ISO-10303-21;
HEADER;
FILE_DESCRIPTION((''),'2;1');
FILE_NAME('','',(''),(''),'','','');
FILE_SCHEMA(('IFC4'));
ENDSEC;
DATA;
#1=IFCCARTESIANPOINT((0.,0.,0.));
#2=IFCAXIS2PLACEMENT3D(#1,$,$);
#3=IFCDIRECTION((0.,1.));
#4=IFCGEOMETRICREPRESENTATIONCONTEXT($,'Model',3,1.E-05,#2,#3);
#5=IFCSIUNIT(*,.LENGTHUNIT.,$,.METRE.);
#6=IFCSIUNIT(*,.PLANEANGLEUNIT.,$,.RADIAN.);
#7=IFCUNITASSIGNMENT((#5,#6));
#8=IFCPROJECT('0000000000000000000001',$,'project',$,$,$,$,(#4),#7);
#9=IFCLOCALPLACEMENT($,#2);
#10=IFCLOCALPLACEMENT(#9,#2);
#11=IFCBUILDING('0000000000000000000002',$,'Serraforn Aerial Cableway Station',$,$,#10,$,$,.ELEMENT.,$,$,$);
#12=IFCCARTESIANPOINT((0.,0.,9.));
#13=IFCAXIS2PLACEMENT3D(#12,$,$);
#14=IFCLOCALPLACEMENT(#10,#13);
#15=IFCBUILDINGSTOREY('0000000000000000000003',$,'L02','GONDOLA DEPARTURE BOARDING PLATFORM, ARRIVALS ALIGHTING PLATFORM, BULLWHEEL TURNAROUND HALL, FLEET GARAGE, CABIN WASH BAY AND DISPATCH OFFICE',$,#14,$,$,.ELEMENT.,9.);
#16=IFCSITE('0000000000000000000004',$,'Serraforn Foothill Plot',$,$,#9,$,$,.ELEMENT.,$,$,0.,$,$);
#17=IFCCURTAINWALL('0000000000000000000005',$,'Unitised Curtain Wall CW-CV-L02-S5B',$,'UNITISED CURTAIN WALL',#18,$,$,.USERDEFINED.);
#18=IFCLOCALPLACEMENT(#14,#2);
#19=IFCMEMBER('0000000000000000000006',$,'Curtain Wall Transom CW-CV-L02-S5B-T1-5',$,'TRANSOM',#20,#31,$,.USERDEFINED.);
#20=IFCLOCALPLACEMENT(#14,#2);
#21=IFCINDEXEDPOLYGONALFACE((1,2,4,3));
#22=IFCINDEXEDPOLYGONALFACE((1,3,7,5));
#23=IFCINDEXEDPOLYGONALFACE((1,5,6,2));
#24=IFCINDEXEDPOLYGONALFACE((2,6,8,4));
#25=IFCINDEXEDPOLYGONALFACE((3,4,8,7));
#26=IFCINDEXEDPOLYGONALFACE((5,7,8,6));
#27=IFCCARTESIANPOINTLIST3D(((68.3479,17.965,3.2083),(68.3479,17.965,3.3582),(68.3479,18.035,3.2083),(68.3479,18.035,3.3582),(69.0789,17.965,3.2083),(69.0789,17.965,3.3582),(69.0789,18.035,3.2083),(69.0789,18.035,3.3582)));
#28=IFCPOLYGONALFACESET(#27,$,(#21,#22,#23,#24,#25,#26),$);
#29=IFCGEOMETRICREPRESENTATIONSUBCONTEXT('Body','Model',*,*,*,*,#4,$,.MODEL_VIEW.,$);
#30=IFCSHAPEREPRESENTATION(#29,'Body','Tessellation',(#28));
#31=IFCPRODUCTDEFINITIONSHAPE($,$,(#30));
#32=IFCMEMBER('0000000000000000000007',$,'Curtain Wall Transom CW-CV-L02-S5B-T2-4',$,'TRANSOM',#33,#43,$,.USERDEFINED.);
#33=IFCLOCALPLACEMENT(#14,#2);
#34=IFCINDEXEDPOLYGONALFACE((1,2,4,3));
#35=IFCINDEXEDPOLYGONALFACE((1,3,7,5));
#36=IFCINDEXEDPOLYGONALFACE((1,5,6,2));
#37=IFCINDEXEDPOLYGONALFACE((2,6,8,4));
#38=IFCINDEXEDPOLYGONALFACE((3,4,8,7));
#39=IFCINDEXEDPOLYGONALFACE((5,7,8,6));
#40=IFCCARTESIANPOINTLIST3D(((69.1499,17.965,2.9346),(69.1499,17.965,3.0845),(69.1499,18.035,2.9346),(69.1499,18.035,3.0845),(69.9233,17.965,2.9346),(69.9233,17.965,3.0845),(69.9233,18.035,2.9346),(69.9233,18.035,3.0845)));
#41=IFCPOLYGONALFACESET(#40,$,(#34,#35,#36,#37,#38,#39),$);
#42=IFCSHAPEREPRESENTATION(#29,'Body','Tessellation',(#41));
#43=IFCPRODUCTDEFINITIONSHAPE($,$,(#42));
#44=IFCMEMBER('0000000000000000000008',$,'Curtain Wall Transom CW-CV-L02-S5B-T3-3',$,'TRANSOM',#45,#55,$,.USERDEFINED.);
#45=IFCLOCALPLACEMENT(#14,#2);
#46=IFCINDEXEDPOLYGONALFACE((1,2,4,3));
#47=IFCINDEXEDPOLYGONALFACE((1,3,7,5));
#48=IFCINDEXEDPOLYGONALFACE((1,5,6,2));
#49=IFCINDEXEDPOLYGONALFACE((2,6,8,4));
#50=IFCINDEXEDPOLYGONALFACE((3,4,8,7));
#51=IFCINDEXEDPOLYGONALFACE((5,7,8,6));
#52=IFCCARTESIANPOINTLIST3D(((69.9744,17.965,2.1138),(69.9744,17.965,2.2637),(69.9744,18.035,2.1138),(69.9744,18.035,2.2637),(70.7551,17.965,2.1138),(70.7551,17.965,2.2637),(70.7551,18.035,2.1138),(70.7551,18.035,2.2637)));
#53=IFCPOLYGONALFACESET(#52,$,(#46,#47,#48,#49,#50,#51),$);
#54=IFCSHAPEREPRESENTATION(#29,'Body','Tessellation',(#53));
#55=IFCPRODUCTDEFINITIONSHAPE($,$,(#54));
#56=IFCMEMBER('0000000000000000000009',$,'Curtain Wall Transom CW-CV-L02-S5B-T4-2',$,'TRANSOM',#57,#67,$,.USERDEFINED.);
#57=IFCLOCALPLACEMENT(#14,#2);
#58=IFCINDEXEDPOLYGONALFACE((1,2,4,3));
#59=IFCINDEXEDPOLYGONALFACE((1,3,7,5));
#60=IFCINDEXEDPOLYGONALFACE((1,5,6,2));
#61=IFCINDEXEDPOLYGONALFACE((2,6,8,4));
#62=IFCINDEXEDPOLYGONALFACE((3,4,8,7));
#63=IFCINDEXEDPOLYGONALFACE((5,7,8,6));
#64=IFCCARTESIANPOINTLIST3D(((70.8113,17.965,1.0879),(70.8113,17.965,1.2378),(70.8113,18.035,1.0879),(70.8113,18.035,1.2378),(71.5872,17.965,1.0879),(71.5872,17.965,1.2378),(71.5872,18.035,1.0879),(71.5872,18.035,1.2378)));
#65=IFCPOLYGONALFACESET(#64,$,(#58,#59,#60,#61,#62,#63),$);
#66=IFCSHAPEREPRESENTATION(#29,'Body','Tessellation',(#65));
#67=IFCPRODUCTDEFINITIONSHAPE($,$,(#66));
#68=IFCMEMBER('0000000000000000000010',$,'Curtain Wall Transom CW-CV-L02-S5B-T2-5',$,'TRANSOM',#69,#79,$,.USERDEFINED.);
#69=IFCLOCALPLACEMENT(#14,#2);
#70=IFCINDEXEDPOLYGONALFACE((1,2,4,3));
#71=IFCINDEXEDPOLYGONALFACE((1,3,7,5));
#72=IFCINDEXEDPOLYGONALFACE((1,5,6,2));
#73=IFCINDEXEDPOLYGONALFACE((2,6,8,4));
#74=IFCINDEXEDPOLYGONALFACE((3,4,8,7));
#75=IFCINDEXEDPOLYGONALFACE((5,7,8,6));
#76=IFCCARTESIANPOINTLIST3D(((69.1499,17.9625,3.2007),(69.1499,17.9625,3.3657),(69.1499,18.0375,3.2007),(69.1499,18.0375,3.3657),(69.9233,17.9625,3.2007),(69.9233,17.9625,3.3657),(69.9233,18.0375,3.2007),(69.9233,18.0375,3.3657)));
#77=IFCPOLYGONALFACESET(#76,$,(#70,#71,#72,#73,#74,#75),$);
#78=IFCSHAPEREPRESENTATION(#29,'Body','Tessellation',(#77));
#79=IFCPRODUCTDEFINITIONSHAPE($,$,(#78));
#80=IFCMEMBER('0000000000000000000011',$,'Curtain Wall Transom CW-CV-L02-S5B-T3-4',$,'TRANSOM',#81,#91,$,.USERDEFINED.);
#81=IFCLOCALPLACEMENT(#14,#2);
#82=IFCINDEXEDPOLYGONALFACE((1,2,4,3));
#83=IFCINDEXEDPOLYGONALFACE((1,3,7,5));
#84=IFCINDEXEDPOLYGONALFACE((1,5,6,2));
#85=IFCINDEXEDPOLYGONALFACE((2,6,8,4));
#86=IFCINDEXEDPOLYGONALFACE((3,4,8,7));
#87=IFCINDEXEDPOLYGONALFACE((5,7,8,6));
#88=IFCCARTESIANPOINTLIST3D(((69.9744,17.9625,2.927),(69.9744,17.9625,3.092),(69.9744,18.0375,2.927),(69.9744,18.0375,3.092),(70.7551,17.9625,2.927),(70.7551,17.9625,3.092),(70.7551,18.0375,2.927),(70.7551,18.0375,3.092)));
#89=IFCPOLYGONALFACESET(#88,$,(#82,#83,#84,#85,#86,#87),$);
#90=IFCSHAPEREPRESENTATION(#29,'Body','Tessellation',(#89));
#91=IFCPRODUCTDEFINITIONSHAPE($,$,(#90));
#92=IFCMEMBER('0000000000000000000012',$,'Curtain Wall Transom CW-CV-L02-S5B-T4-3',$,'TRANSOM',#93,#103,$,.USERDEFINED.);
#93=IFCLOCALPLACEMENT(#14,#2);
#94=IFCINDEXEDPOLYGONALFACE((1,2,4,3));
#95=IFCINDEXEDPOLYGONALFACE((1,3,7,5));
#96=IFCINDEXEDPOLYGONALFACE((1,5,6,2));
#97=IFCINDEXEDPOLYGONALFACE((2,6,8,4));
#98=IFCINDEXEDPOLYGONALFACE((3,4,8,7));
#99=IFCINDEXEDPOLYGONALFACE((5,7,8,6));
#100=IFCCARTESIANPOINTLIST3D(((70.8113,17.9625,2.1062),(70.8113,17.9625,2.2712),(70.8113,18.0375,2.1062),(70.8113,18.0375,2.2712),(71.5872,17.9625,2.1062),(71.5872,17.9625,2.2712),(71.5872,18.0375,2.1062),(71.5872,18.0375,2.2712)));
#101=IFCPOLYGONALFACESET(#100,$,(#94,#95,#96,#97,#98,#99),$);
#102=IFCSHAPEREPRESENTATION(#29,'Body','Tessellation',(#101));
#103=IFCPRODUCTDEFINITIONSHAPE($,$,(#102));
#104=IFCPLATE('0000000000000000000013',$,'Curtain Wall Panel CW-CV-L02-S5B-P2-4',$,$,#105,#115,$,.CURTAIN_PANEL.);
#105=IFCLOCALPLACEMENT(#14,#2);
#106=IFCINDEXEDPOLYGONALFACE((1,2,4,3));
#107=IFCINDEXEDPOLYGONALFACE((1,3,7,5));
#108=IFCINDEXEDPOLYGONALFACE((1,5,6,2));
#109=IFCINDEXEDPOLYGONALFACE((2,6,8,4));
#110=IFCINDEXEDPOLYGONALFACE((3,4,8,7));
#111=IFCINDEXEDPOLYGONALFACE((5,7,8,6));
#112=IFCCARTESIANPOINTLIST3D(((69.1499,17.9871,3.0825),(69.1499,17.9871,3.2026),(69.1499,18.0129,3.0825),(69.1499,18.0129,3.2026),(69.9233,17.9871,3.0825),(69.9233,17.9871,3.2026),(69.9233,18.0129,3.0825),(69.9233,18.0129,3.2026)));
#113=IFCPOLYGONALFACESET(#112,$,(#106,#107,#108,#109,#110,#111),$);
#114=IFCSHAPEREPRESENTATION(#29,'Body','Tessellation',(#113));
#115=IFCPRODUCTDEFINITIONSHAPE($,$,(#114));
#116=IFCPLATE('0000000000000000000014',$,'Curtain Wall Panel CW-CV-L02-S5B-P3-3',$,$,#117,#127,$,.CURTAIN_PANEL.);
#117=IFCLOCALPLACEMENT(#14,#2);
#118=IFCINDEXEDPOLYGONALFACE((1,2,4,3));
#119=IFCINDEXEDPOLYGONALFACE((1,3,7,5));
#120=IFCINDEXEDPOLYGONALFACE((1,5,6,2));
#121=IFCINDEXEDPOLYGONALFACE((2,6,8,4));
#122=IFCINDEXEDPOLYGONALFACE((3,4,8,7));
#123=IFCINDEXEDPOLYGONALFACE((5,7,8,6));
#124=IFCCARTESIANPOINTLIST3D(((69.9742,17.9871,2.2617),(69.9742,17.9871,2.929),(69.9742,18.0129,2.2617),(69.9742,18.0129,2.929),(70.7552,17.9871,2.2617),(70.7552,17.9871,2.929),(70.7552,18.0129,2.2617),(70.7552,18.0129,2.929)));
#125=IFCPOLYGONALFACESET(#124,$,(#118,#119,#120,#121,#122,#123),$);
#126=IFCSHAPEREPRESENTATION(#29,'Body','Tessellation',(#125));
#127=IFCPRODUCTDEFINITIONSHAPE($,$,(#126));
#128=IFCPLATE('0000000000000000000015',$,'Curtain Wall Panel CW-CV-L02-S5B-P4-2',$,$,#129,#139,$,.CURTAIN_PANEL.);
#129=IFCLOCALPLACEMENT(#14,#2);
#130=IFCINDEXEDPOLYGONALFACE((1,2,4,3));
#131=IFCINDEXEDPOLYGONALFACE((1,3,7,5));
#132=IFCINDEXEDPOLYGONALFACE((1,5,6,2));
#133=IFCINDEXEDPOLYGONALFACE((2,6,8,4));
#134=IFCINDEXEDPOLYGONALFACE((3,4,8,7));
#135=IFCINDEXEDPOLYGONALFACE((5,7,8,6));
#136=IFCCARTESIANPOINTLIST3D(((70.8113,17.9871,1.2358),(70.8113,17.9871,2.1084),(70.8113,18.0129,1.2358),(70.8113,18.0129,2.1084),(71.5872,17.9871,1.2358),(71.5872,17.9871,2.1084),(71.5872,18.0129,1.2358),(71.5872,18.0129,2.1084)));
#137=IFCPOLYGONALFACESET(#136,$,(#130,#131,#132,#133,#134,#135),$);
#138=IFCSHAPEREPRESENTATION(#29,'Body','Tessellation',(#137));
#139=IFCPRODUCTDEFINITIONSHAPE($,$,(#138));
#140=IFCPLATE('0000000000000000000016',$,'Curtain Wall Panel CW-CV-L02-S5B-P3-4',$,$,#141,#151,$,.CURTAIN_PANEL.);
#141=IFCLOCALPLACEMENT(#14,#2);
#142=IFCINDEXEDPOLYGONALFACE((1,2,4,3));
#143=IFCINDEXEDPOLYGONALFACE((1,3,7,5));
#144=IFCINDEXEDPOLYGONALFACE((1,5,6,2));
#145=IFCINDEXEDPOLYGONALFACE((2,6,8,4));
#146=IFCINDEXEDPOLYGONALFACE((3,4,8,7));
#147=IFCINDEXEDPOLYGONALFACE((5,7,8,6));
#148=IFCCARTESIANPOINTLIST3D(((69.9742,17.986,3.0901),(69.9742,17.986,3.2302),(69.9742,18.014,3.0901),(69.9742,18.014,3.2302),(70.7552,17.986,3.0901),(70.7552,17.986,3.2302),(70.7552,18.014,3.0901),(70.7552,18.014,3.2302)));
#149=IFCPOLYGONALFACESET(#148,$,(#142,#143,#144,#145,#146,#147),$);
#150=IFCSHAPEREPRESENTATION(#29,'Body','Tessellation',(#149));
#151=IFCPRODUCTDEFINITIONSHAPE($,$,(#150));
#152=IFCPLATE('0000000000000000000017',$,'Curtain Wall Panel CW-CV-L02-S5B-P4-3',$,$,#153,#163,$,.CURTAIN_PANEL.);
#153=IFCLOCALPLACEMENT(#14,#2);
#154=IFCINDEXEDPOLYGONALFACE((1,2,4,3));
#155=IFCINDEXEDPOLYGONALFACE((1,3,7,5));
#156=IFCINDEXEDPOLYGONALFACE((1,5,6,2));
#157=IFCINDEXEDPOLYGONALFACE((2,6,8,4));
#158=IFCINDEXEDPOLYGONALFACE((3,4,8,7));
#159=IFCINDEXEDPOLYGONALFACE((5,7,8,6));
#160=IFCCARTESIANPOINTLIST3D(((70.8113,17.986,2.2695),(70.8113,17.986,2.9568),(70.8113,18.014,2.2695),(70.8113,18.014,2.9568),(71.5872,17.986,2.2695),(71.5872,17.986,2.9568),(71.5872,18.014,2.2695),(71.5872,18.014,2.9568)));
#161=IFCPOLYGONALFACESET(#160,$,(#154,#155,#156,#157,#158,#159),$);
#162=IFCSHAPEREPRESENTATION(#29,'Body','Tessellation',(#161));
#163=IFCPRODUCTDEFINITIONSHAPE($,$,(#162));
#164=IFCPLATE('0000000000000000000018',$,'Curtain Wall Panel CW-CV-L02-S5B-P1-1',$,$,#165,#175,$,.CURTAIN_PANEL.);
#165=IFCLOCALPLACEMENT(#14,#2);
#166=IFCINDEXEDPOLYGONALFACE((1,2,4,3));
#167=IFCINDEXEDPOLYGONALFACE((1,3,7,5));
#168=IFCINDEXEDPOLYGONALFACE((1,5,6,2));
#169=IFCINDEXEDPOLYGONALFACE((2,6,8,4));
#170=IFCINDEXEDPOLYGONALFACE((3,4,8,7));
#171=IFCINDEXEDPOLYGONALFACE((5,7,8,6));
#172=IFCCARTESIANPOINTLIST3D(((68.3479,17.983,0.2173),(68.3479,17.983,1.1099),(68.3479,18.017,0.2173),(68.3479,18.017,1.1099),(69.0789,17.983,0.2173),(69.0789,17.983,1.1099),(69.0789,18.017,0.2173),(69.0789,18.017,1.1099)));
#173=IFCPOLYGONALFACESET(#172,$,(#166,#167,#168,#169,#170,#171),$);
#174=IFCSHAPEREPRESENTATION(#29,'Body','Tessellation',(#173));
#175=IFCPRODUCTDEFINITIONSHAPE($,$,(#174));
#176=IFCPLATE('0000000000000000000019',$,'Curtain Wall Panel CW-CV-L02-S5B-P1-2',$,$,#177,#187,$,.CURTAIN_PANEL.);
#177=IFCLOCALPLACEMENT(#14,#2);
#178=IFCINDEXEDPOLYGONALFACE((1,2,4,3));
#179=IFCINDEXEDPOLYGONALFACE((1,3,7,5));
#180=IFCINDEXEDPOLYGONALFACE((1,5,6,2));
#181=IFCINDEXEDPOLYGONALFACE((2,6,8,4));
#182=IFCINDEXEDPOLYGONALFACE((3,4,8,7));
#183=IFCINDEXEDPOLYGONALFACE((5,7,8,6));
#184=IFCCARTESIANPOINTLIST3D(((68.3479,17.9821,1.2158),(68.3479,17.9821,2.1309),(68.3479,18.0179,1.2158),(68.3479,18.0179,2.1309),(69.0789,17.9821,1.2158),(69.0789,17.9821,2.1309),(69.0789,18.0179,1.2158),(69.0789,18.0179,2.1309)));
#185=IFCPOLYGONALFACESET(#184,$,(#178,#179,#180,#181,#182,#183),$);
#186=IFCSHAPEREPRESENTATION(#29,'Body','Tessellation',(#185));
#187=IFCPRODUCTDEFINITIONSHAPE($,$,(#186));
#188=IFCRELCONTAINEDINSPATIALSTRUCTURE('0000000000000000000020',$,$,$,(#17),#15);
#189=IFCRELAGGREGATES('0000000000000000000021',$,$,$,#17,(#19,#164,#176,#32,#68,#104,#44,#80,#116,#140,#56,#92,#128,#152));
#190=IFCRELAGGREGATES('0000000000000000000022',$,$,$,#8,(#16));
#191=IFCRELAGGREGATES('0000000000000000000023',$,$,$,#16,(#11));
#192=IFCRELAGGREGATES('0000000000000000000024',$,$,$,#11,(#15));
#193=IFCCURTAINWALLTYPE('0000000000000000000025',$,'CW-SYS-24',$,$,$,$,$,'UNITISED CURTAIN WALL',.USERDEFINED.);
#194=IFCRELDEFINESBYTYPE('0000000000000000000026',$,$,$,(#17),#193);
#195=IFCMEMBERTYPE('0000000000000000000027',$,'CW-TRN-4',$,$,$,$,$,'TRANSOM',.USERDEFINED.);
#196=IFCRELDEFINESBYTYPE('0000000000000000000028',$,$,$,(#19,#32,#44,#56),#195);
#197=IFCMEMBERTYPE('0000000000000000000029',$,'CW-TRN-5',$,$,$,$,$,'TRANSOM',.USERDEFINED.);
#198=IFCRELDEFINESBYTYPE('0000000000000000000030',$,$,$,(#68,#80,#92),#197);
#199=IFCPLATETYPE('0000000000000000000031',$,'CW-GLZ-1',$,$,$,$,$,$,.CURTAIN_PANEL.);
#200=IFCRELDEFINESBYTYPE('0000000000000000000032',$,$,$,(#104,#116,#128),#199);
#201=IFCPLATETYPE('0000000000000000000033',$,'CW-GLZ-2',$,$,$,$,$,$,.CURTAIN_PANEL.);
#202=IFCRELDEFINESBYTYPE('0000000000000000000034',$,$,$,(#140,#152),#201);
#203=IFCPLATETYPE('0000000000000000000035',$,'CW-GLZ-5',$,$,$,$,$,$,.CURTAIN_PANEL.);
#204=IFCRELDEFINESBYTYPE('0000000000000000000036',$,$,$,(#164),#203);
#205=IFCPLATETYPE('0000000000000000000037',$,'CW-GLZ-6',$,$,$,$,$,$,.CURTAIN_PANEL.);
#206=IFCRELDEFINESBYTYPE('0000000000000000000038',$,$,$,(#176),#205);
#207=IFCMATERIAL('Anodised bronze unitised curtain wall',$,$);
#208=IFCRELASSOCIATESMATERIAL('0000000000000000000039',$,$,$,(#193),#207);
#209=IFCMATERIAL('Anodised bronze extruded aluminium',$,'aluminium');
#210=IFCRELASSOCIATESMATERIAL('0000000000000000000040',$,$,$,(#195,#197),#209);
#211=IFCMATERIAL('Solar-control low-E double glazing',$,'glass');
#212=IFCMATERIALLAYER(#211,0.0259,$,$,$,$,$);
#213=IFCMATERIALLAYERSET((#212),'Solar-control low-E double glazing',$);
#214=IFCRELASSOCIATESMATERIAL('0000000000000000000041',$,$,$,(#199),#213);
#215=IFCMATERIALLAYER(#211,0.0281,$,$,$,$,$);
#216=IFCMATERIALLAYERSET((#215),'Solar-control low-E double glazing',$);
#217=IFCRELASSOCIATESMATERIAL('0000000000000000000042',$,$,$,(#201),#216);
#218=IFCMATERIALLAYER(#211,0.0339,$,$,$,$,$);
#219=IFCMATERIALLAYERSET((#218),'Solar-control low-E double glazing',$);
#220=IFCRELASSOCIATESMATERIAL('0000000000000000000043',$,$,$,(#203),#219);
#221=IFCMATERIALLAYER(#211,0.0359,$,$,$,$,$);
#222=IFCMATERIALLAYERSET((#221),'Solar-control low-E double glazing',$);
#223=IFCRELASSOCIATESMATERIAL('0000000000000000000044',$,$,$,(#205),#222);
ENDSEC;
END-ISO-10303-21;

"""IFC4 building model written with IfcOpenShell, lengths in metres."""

from ifc_helpers import new_model, si_unit, direction, frame, origin, origin_2d, place, context, subcontext, project, spatial, rectangle, extrude, material, layer, layer_set, material_profile, profile_set, type_object, element, aggregate, save


model = new_model("IFC4")

# Units and contexts
model_context = context("Model", 3, precision=1e-05, world=origin(), true_north=direction((0.0, 1.0)))
body_context = subcontext(model_context, "Body", "Model", "MODEL_VIEW")
ifc_project = project(units=[si_unit("LENGTHUNIT", "METRE"), si_unit("PLANEANGLEUNIT", "RADIAN")], contexts=[model_context])

# Site, building, storey
site_placement = place(None, origin())
site = spatial("IfcSite", under=ifc_project, at=site_placement, Name="Serraforn Foothill Plot", CompositionType="ELEMENT", RefElevation=0.0)
building_placement = place(site_placement, origin())
building = spatial("IfcBuilding", under=site, at=building_placement, Name="Serraforn Aerial Cableway Station", CompositionType="ELEMENT")
storey_placement = place(building_placement, frame((0.0, 0.0, 9.0)))
storey = spatial("IfcBuildingStorey", under=building, at=storey_placement, Name="L02", Description="GONDOLA DEPARTURE BOARDING PLATFORM, ARRIVALS ALIGHTING PLATFORM, BULLWHEEL TURNAROUND HALL, FLEET GARAGE, CABIN WASH BAY AND DISPATCH OFFICE", CompositionType="ELEMENT", Elevation=9.0)

# Curtain wall, members, plates
ifc_material_1 = material(Name="Anodised bronze unitised curtain wall")
curtain_wall_type = type_object("IfcCurtainWallType", Name="CW-SYS-24", ElementType="UNITISED CURTAIN WALL", PredefinedType="USERDEFINED", material=ifc_material_1)
curtain_wall_placement = place(storey_placement, origin())
curtain_wall = element("IfcCurtainWall", 1, at=curtain_wall_placement, inside=storey, type_object=curtain_wall_type, Name="Unitised Curtain Wall CW-CV-L02-S5B", ObjectType="UNITISED CURTAIN WALL", PredefinedType="USERDEFINED")
ifc_material_2 = material(Name="Anodised bronze extruded aluminium", Category="aluminium")
ifc_material_profile_1 = material_profile(ifc_material_2, rectangle(XDim=0.0701, YDim=0.1499, at=origin_2d()), Name="CW TRANSOM 70x150")
ifc_profile_set_1 = profile_set([ifc_material_profile_1], Name="Anodised bronze extruded aluminium")
member_type_1 = type_object("IfcMemberType", Name="CW-TRN-4", ElementType="TRANSOM", PredefinedType="USERDEFINED", material=ifc_profile_set_1)
member_1_placement = place(storey_placement, frame((68.3479, 18.0, 3.2832), z_axis=(1.0, 0.0, 0.0), x_axis=(0.0, 1.0, 0.0)))
member_1 = element("IfcMember", 2, at=member_1_placement, type_object=member_type_1, Name="Curtain Wall Transom CW-CV-L02-S5B-T1-5", ObjectType="TRANSOM", PredefinedType="USERDEFINED", context=body_context, shape_type="SweptSolid", body=[
    extrude(rectangle(XDim=0.0701, YDim=0.1499, at=origin_2d()), origin(), (0.0, 0.0, 1.0), 0.731),
])
member_2_placement = place(storey_placement, frame((69.1499, 18.0, 3.0095), z_axis=(1.0, 0.0, 0.0), x_axis=(0.0, 1.0, 0.0)))
member_2 = element("IfcMember", 3, at=member_2_placement, type_object=member_type_1, Name="Curtain Wall Transom CW-CV-L02-S5B-T2-4", ObjectType="TRANSOM", PredefinedType="USERDEFINED", context=body_context, shape_type="SweptSolid", body=[
    extrude(rectangle(XDim=0.0701, YDim=0.1499, at=origin_2d()), origin(), (0.0, 0.0, 1.0), 0.7734),
])
member_3_placement = place(storey_placement, frame((69.9744, 18.0, 2.1887), z_axis=(1.0, 0.0, 0.0), x_axis=(0.0, 1.0, 0.0)))
member_3 = element("IfcMember", 4, at=member_3_placement, type_object=member_type_1, Name="Curtain Wall Transom CW-CV-L02-S5B-T3-3", ObjectType="TRANSOM", PredefinedType="USERDEFINED", context=body_context, shape_type="SweptSolid", body=[
    extrude(rectangle(XDim=0.0701, YDim=0.1499, at=origin_2d()), origin(), (0.0, 0.0, 1.0), 0.7808),
])
member_4_placement = place(storey_placement, frame((70.8113, 18.0, 1.1628), z_axis=(1.0, 0.0, 0.0), x_axis=(0.0, 1.0, 0.0)))
member_4 = element("IfcMember", 5, at=member_4_placement, type_object=member_type_1, Name="Curtain Wall Transom CW-CV-L02-S5B-T4-2", ObjectType="TRANSOM", PredefinedType="USERDEFINED", context=body_context, shape_type="SweptSolid", body=[
    extrude(rectangle(XDim=0.0701, YDim=0.1499, at=origin_2d()), origin(), (0.0, 0.0, 1.0), 0.7759),
])
ifc_material_profile_2 = material_profile(ifc_material_2, rectangle(XDim=0.075, YDim=0.165, at=origin_2d()), Name="CW TRANSOM 75x165")
ifc_profile_set_2 = profile_set([ifc_material_profile_2], Name="Anodised bronze extruded aluminium")
member_type_2 = type_object("IfcMemberType", Name="CW-TRN-5", ElementType="TRANSOM", PredefinedType="USERDEFINED", material=ifc_profile_set_2)
member_5_placement = place(storey_placement, frame((69.1499, 18.0, 3.2832), z_axis=(1.0, 0.0, 0.0), x_axis=(0.0, 1.0, 0.0)))
member_5 = element("IfcMember", 6, at=member_5_placement, type_object=member_type_2, Name="Curtain Wall Transom CW-CV-L02-S5B-T2-5", ObjectType="TRANSOM", PredefinedType="USERDEFINED", context=body_context, shape_type="SweptSolid", body=[
    extrude(rectangle(XDim=0.075, YDim=0.165, at=origin_2d()), origin(), (0.0, 0.0, 1.0), 0.7734),
])
member_6_placement = place(storey_placement, frame((69.9744, 18.0, 3.0095), z_axis=(1.0, 0.0, 0.0), x_axis=(0.0, 1.0, 0.0)))
member_6 = element("IfcMember", 7, at=member_6_placement, type_object=member_type_2, Name="Curtain Wall Transom CW-CV-L02-S5B-T3-4", ObjectType="TRANSOM", PredefinedType="USERDEFINED", context=body_context, shape_type="SweptSolid", body=[
    extrude(rectangle(XDim=0.075, YDim=0.165, at=origin_2d()), origin(), (0.0, 0.0, 1.0), 0.7808),
])
member_7_placement = place(storey_placement, frame((70.8113, 18.0, 2.1887), z_axis=(1.0, 0.0, 0.0), x_axis=(0.0, 1.0, 0.0)))
member_7 = element("IfcMember", 8, at=member_7_placement, type_object=member_type_2, Name="Curtain Wall Transom CW-CV-L02-S5B-T4-3", ObjectType="TRANSOM", PredefinedType="USERDEFINED", context=body_context, shape_type="SweptSolid", body=[
    extrude(rectangle(XDim=0.075, YDim=0.165, at=origin_2d()), origin(), (0.0, 0.0, 1.0), 0.7759),
])
ifc_material_3 = material(Name="Solar-control low-E double glazing", Category="glass")
ifc_layer_1 = layer(ifc_material_3, 0.0259)
ifc_layer_set_1 = layer_set([ifc_layer_1], Name="Solar-control low-E double glazing")
plate_type_1 = type_object("IfcPlateType", Name="CW-GLZ-1", PredefinedType="CURTAIN_PANEL", material=ifc_layer_set_1)
plate_1_placement = place(storey_placement, frame((69.5366, 18.0, 3.0825), z_axis=(0.0, 0.0, 1.0), x_axis=(1.0, 0.0, 0.0)))
plate_1 = element("IfcPlate", 9, at=plate_1_placement, type_object=plate_type_1, Name="Curtain Wall Panel CW-CV-L02-S5B-P2-4", PredefinedType="CURTAIN_PANEL", context=body_context, shape_type="SweptSolid", body=[
    extrude(rectangle(XDim=0.7734, YDim=0.0259, at=origin_2d()), origin(), (0.0, 0.0, 1.0), 0.1201),
])
plate_2_placement = place(storey_placement, frame((70.3647, 18.0, 2.2617), z_axis=(0.0, 0.0, 1.0), x_axis=(1.0, 0.0, 0.0)))
plate_2 = element("IfcPlate", 10, at=plate_2_placement, type_object=plate_type_1, Name="Curtain Wall Panel CW-CV-L02-S5B-P3-3", PredefinedType="CURTAIN_PANEL", context=body_context, shape_type="SweptSolid", body=[
    extrude(rectangle(XDim=0.781, YDim=0.0259, at=origin_2d()), origin(), (0.0, 0.0, 1.0), 0.6672),
])
plate_3_placement = place(storey_placement, frame((71.1992, 18.0, 1.2358), z_axis=(0.0, 0.0, 1.0), x_axis=(1.0, 0.0, 0.0)))
plate_3 = element("IfcPlate", 11, at=plate_3_placement, type_object=plate_type_1, Name="Curtain Wall Panel CW-CV-L02-S5B-P4-2", PredefinedType="CURTAIN_PANEL", context=body_context, shape_type="SweptSolid", body=[
    extrude(rectangle(XDim=0.7759, YDim=0.0259, at=origin_2d()), origin(), (0.0, 0.0, 1.0), 0.8726),
])
ifc_layer_2 = layer(ifc_material_3, 0.0281)
ifc_layer_set_2 = layer_set([ifc_layer_2], Name="Solar-control low-E double glazing")
plate_type_2 = type_object("IfcPlateType", Name="CW-GLZ-2", PredefinedType="CURTAIN_PANEL", material=ifc_layer_set_2)
plate_4_placement = place(storey_placement, frame((70.3647, 18.0, 3.0901), z_axis=(0.0, 0.0, 1.0), x_axis=(1.0, 0.0, 0.0)))
plate_4 = element("IfcPlate", 12, at=plate_4_placement, type_object=plate_type_2, Name="Curtain Wall Panel CW-CV-L02-S5B-P3-4", PredefinedType="CURTAIN_PANEL", context=body_context, shape_type="SweptSolid", body=[
    extrude(rectangle(XDim=0.781, YDim=0.0281, at=origin_2d()), origin(), (0.0, 0.0, 1.0), 0.1401),
])
plate_5_placement = place(storey_placement, frame((71.1992, 18.0, 2.2695), z_axis=(0.0, 0.0, 1.0), x_axis=(1.0, 0.0, 0.0)))
plate_5 = element("IfcPlate", 13, at=plate_5_placement, type_object=plate_type_2, Name="Curtain Wall Panel CW-CV-L02-S5B-P4-3", PredefinedType="CURTAIN_PANEL", context=body_context, shape_type="SweptSolid", body=[
    extrude(rectangle(XDim=0.7759, YDim=0.0281, at=origin_2d()), origin(), (0.0, 0.0, 1.0), 0.6873),
])
ifc_layer_3 = layer(ifc_material_3, 0.0339)
ifc_layer_set_3 = layer_set([ifc_layer_3], Name="Solar-control low-E double glazing")
plate_type_3 = type_object("IfcPlateType", Name="CW-GLZ-5", PredefinedType="CURTAIN_PANEL", material=ifc_layer_set_3)
plate_6_placement = place(storey_placement, frame((68.7134, 18.0, 0.2173), z_axis=(0.0, 0.0, 1.0), x_axis=(1.0, 0.0, 0.0)))
plate_6 = element("IfcPlate", 14, at=plate_6_placement, type_object=plate_type_3, Name="Curtain Wall Panel CW-CV-L02-S5B-P1-1", PredefinedType="CURTAIN_PANEL", context=body_context, shape_type="SweptSolid", body=[
    extrude(rectangle(XDim=0.731, YDim=0.0339, at=origin_2d()), origin(), (0.0, 0.0, 1.0), 0.8926),
])
ifc_layer_4 = layer(ifc_material_3, 0.0359)
ifc_layer_set_4 = layer_set([ifc_layer_4], Name="Solar-control low-E double glazing")
plate_type_4 = type_object("IfcPlateType", Name="CW-GLZ-6", PredefinedType="CURTAIN_PANEL", material=ifc_layer_set_4)
plate_7_placement = place(storey_placement, frame((68.7134, 18.0, 1.2158), z_axis=(0.0, 0.0, 1.0), x_axis=(1.0, 0.0, 0.0)))
plate_7 = element("IfcPlate", 15, at=plate_7_placement, type_object=plate_type_4, Name="Curtain Wall Panel CW-CV-L02-S5B-P1-2", PredefinedType="CURTAIN_PANEL", context=body_context, shape_type="SweptSolid", body=[
    extrude(rectangle(XDim=0.731, YDim=0.0359, at=origin_2d()), origin(), (0.0, 0.0, 1.0), 0.915),
])
aggregate(curtain_wall, [member_1, plate_6, plate_7, member_2, member_5, plate_1, member_3, member_6, plate_2, plate_4, member_4, member_7, plate_3, plate_5])

save(model, "model.ifc")
